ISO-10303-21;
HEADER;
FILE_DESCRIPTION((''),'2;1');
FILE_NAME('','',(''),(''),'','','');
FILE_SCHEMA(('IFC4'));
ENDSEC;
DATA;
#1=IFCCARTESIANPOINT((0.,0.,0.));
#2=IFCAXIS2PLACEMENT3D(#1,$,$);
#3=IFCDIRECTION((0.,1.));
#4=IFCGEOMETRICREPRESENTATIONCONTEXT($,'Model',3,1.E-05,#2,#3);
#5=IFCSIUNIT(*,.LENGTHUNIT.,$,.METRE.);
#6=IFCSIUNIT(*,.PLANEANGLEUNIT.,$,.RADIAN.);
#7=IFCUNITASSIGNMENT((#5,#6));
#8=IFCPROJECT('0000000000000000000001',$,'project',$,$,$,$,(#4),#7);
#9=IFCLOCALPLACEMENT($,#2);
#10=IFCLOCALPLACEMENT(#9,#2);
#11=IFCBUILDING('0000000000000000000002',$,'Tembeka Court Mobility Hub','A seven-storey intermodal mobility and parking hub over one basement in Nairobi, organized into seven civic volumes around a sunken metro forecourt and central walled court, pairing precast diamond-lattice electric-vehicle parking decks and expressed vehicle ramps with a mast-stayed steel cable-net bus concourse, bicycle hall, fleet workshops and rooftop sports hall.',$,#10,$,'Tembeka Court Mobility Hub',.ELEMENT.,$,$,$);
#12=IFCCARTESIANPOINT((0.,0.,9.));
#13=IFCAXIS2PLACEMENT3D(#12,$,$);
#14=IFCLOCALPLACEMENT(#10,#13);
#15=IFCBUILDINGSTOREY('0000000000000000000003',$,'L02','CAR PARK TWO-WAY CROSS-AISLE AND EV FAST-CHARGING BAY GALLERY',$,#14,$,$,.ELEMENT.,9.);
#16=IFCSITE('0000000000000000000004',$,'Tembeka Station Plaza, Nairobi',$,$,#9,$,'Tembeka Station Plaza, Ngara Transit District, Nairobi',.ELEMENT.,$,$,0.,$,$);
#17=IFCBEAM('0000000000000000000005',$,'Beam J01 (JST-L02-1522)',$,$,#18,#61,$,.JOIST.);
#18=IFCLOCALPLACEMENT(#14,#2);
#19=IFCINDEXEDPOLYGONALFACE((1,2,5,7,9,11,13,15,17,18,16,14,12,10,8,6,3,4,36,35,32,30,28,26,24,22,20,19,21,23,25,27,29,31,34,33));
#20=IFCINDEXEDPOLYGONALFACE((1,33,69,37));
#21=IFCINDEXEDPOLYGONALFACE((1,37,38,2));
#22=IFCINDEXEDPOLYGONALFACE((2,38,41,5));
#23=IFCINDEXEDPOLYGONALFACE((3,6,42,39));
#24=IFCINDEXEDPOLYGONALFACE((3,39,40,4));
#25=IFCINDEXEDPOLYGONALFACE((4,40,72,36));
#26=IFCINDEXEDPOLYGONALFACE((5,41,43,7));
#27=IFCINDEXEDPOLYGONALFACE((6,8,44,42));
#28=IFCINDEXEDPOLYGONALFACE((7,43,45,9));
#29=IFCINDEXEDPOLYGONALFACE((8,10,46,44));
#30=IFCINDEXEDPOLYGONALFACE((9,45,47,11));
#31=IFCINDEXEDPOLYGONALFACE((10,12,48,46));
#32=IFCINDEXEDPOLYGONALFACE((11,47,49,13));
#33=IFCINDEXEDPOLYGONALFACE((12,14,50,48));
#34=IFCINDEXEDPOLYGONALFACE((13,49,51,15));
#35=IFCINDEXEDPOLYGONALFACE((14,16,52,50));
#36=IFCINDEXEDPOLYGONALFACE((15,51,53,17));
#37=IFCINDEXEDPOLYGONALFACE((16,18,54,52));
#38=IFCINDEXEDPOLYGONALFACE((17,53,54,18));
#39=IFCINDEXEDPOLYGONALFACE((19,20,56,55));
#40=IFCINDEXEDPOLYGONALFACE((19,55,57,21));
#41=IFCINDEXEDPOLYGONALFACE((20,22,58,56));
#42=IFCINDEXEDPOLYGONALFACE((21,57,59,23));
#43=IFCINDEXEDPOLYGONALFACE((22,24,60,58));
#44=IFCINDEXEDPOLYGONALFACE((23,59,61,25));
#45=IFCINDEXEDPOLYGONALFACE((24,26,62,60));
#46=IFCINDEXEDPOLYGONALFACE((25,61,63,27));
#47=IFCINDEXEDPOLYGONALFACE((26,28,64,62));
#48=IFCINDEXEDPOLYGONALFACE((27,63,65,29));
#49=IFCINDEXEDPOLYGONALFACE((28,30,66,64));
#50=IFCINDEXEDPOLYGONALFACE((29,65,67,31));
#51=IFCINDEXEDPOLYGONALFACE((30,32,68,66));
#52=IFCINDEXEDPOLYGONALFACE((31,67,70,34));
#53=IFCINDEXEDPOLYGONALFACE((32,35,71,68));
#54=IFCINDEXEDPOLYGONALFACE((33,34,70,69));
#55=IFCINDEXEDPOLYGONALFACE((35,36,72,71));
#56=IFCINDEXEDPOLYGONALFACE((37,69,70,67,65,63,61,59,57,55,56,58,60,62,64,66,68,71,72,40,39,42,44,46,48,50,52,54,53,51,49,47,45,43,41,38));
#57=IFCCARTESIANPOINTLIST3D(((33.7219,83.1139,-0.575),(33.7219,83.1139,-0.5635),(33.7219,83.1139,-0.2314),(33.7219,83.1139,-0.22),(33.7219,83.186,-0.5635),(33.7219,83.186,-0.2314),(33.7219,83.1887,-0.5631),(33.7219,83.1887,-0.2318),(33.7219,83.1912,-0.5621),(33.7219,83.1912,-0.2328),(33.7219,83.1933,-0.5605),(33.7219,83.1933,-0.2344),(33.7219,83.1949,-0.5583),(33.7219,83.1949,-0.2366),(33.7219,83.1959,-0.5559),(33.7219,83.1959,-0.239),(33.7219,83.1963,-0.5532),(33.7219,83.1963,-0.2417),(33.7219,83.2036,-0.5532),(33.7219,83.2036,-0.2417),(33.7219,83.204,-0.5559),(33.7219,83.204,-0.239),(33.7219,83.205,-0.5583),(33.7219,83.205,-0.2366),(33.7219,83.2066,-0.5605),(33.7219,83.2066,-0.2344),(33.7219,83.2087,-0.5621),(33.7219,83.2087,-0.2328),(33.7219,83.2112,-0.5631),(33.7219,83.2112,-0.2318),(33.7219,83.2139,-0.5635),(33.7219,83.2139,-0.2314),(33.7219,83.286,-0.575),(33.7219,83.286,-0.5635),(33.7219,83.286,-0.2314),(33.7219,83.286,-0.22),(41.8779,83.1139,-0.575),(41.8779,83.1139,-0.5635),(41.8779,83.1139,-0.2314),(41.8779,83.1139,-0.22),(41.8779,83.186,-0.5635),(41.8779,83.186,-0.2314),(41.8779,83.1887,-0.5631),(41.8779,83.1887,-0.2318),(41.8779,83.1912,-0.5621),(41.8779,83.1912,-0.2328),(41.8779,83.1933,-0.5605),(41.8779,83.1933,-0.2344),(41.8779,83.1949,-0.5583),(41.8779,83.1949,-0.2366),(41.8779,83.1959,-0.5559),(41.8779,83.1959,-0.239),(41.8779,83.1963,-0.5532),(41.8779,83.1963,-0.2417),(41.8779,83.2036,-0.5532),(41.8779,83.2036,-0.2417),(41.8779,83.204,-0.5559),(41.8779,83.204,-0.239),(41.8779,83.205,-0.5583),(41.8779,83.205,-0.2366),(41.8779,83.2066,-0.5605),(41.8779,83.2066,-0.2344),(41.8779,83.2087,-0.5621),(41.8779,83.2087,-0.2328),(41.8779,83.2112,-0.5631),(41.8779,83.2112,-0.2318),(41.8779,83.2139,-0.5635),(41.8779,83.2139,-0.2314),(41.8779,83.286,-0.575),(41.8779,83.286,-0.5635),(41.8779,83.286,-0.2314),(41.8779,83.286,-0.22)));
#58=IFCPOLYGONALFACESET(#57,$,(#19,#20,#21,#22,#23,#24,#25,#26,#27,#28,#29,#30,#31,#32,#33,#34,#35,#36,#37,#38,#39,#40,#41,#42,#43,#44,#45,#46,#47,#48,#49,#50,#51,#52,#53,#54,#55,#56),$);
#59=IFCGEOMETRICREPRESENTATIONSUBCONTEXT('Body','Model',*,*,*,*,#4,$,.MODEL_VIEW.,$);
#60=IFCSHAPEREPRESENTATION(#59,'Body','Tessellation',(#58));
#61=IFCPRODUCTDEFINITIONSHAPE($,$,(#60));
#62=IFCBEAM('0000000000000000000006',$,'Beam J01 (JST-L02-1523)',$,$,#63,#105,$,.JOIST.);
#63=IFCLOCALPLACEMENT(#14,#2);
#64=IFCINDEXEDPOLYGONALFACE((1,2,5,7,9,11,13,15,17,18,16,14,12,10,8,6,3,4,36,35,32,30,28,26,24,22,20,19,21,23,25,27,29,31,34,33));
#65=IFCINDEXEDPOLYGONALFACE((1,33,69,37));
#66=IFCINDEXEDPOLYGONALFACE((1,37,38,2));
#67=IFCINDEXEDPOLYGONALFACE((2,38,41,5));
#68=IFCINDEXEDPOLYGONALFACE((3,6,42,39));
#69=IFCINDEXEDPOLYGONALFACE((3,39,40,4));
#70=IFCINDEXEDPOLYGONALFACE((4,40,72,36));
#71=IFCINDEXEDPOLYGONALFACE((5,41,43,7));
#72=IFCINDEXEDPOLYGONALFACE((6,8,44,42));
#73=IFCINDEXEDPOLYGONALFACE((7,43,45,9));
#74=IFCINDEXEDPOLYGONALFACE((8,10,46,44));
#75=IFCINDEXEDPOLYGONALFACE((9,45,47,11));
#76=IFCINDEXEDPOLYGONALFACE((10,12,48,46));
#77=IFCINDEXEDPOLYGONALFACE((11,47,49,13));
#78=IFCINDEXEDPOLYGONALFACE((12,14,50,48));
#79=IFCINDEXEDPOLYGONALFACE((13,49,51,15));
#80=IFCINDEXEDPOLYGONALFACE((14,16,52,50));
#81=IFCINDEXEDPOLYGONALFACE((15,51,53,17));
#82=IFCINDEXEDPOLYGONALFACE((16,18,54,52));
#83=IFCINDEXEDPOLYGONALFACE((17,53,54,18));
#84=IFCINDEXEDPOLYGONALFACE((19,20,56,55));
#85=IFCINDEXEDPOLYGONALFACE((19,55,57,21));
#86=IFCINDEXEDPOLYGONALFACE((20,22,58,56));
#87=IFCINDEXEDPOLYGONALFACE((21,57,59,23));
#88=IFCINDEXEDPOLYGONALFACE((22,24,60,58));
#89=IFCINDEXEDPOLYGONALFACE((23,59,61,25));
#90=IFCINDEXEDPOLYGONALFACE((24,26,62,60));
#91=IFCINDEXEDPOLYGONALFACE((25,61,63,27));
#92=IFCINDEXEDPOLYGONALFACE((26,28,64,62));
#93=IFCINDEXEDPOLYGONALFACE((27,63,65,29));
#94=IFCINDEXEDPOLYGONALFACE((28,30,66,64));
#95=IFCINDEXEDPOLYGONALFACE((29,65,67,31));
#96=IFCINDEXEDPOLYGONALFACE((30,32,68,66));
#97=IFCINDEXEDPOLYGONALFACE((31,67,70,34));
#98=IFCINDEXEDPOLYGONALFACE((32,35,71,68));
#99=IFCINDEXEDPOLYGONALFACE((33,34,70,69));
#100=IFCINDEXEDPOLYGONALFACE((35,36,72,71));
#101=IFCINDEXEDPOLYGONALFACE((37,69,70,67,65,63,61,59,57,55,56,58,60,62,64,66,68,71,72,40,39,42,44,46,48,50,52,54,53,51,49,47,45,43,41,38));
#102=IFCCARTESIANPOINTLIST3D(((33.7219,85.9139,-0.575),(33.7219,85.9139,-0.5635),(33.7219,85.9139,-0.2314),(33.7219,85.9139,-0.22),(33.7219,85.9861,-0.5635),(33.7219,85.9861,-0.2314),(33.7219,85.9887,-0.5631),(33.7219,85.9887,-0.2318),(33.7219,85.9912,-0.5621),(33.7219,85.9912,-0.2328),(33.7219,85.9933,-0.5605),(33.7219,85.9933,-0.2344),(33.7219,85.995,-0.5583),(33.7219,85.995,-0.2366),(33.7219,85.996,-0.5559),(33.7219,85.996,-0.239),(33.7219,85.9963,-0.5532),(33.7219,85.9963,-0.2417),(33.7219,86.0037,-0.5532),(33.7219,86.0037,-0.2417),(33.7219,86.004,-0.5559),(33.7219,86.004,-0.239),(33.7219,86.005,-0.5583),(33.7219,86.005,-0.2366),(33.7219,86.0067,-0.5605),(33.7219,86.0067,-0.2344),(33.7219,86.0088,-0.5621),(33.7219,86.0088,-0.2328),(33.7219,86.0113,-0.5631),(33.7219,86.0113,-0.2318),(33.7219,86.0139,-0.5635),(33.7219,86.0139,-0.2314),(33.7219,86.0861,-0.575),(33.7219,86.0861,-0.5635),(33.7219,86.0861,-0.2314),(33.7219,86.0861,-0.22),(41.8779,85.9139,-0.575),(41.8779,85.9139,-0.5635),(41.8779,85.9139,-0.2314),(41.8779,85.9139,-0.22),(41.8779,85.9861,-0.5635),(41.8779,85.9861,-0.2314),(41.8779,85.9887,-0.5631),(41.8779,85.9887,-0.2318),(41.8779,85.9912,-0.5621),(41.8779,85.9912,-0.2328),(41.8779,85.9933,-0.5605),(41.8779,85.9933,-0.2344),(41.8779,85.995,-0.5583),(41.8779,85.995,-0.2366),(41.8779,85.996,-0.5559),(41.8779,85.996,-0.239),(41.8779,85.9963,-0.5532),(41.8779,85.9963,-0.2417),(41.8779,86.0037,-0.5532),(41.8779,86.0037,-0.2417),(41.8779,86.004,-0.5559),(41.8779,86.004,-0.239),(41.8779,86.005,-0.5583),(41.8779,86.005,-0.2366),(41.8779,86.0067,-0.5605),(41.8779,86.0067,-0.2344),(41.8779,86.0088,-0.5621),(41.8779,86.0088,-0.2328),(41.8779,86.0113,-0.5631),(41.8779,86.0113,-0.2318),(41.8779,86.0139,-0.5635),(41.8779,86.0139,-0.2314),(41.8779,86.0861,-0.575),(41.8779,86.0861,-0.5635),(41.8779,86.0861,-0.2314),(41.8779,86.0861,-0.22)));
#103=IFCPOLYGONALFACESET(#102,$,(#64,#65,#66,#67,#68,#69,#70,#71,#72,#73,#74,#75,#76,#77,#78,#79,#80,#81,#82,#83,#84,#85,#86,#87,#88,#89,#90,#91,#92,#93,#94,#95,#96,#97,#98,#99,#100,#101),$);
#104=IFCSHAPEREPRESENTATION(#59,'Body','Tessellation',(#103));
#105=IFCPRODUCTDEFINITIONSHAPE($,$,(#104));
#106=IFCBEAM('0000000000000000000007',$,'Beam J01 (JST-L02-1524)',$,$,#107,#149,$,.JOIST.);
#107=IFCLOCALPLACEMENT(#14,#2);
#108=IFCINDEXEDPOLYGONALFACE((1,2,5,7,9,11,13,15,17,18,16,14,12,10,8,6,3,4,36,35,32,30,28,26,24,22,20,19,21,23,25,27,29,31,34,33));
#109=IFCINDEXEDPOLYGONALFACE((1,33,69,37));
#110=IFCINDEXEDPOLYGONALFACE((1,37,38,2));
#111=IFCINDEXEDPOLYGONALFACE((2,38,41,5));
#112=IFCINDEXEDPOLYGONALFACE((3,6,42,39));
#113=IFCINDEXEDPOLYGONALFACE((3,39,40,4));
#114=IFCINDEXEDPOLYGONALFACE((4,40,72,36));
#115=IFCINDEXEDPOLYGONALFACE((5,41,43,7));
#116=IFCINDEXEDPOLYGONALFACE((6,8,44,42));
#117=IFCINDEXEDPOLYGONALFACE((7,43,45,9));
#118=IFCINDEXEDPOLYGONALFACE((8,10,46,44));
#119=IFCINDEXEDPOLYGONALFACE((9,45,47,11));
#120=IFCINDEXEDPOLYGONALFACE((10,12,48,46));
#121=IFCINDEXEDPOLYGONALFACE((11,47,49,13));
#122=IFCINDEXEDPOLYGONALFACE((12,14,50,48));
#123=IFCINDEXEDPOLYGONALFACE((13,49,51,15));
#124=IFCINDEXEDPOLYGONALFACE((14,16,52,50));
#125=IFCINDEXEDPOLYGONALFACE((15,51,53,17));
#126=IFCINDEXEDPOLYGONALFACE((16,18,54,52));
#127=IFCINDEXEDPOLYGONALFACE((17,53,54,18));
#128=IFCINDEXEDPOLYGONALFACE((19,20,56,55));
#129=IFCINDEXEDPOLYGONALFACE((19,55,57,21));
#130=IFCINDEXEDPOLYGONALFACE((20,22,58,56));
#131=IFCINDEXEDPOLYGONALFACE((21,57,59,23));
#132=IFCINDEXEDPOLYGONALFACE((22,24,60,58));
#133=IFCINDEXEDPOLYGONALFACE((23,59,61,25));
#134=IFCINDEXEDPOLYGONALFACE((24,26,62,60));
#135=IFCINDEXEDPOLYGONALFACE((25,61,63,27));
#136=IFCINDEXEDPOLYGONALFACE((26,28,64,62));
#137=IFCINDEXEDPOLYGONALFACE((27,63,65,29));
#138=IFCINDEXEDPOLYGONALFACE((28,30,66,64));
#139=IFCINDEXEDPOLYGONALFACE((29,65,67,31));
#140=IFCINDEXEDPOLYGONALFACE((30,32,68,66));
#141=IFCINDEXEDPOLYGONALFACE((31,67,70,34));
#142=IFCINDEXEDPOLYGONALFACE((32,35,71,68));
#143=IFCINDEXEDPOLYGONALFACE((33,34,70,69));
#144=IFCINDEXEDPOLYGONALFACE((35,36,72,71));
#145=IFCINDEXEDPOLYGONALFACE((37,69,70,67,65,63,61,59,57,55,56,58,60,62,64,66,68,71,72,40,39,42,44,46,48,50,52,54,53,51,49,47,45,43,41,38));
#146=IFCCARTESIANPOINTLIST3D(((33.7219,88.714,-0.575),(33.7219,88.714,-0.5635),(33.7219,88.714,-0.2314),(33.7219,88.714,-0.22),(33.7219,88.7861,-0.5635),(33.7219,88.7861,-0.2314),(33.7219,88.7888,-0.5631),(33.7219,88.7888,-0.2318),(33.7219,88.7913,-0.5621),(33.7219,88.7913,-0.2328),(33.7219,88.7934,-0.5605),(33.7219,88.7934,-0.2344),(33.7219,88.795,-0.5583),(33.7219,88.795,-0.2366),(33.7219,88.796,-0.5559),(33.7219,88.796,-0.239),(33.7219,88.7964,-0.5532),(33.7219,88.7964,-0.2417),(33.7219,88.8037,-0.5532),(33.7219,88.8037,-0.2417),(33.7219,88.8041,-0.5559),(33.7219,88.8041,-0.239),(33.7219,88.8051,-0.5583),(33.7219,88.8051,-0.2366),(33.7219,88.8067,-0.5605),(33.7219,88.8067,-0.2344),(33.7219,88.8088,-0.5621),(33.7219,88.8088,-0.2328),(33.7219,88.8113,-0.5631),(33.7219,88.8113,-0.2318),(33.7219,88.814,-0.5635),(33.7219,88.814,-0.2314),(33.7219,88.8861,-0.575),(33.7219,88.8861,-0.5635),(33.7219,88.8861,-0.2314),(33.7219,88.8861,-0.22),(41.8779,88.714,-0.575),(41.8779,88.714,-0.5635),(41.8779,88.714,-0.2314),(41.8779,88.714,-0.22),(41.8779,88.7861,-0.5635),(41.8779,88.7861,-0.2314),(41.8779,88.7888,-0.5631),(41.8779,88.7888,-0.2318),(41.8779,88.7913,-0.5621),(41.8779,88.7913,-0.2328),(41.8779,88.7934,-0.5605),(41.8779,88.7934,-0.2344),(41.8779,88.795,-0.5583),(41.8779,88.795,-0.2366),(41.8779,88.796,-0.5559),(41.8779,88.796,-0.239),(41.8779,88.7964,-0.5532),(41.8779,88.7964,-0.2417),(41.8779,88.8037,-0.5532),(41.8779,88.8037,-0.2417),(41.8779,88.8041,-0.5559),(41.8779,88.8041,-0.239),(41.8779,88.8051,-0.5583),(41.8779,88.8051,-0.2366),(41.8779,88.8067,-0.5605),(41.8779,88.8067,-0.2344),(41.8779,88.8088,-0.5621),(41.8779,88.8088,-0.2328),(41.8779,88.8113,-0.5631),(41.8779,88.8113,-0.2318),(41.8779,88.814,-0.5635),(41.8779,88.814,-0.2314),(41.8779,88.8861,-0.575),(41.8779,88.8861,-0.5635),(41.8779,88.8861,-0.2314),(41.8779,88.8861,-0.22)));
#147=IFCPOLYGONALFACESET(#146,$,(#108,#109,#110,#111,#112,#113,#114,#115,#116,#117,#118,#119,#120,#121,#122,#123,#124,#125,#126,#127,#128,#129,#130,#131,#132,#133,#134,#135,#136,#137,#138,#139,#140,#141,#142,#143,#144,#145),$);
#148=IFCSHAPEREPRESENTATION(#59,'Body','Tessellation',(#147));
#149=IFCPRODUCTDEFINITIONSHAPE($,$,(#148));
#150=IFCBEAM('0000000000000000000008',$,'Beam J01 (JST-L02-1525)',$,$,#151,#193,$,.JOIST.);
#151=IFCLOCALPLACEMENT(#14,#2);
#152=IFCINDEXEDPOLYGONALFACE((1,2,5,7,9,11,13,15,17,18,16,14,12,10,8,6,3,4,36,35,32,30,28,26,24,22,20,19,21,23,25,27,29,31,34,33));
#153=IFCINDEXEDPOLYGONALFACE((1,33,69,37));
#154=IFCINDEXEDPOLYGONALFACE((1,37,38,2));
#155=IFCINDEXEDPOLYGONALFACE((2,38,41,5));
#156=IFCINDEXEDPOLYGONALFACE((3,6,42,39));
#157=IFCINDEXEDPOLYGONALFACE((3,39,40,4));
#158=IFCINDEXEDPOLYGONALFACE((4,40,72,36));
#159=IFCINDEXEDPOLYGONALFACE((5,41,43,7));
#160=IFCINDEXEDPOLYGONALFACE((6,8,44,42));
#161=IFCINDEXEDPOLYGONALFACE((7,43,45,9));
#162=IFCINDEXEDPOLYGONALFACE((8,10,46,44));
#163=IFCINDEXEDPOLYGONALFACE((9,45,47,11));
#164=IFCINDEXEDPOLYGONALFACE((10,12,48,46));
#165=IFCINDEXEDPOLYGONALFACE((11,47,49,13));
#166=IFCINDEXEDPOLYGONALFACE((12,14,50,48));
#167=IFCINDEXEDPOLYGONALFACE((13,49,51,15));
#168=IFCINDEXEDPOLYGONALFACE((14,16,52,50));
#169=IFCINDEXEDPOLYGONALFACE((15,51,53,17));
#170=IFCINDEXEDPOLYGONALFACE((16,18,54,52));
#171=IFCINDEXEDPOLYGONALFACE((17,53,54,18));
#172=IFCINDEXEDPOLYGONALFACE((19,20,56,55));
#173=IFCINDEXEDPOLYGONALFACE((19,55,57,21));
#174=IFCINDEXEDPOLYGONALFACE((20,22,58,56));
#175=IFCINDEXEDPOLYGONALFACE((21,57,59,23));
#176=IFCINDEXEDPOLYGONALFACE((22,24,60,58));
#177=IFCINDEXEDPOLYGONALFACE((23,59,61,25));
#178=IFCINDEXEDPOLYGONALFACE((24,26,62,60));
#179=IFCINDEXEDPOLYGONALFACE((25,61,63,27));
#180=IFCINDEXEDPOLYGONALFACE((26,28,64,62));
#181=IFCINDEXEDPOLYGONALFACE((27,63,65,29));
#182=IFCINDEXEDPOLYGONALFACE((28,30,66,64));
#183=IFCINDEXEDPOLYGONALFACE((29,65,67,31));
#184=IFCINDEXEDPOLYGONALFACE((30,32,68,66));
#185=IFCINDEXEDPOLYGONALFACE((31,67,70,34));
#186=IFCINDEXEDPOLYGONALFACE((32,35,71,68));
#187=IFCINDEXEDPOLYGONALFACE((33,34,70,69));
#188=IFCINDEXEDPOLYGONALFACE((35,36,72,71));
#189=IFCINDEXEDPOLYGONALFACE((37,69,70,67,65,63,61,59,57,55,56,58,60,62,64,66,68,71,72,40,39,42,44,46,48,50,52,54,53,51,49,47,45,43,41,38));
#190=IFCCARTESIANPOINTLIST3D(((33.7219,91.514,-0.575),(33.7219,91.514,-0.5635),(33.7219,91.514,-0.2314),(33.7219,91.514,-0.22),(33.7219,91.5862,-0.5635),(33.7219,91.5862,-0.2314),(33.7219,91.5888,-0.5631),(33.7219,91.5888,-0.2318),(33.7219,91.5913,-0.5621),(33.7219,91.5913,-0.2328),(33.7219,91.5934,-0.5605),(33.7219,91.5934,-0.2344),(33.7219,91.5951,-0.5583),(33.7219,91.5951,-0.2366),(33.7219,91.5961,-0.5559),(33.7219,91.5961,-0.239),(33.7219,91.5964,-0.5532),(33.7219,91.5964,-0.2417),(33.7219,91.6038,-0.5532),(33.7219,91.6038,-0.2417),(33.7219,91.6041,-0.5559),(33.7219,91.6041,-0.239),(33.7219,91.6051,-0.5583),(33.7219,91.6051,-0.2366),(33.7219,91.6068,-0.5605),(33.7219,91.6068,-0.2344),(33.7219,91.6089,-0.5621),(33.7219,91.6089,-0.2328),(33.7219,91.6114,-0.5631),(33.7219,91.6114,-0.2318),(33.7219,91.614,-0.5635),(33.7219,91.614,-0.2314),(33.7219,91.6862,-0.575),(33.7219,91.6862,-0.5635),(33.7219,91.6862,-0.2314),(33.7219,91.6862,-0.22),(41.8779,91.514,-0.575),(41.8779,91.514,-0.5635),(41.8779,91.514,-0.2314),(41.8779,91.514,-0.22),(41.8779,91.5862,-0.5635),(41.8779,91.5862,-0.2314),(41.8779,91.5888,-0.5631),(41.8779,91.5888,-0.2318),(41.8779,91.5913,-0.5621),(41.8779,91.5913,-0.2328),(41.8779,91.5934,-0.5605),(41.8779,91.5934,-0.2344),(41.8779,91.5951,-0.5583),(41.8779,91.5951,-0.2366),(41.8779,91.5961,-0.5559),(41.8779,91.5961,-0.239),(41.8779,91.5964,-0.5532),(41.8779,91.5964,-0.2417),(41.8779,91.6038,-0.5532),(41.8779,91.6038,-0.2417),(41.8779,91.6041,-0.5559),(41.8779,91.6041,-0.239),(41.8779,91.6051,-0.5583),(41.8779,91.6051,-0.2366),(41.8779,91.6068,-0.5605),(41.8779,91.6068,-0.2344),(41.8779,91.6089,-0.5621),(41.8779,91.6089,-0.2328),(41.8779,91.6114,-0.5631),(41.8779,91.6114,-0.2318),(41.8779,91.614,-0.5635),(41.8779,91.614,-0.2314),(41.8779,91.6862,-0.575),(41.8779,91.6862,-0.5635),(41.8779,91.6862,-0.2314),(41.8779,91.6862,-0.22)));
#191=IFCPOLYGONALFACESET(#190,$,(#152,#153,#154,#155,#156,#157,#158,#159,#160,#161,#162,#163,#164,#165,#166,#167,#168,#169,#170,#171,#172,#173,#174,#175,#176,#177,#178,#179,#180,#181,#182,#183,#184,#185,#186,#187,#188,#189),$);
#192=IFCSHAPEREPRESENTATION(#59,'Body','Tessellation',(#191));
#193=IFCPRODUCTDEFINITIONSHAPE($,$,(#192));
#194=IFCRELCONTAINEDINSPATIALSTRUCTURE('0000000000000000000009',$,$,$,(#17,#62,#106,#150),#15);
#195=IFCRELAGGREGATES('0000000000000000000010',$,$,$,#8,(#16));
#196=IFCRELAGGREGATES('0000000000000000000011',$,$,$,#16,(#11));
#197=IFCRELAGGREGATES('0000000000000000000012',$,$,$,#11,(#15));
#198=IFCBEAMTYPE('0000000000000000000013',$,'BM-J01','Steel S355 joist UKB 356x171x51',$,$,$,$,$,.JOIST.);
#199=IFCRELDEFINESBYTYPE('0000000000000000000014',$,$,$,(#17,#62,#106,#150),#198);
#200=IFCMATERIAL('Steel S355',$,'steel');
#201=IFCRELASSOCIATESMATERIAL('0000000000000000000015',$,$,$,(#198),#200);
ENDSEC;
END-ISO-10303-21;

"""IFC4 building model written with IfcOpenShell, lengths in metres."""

from ifc_helpers import new_model, si_unit, direction, frame, origin, origin_2d, place, context, subcontext, project, spatial, i_section, extrude, material, material_profile, profile_set, type_object, element, save


model = new_model("IFC4")

# Units and contexts
model_context = context("Model", 3, precision=1e-05, world=origin(), true_north=direction((0.0, 1.0)))
body_context = subcontext(model_context, "Body", "Model", "MODEL_VIEW")
ifc_project = project(units=[si_unit("LENGTHUNIT", "METRE"), si_unit("PLANEANGLEUNIT", "RADIAN")], contexts=[model_context])

# Site, building, storey
site_placement = place(None, origin())
site = spatial("IfcSite", under=ifc_project, at=site_placement, Name="Tembeka Station Plaza, Nairobi", LongName="Tembeka Station Plaza, Ngara Transit District, Nairobi", CompositionType="ELEMENT", RefElevation=0.0)
building_placement = place(site_placement, origin())
building = spatial("IfcBuilding", under=site, at=building_placement, Name="Tembeka Court Mobility Hub", Description="A seven-storey intermodal mobility and parking hub over one basement in Nairobi, organized into seven civic volumes around a sunken metro forecourt and central walled court, pairing precast diamond-lattice electric-vehicle parking decks and expressed vehicle ramps with a mast-stayed steel cable-net bus concourse, bicycle hall, fleet workshops and rooftop sports hall.", LongName="Tembeka Court Mobility Hub", CompositionType="ELEMENT")
storey_placement = place(building_placement, frame((0.0, 0.0, 9.0)))
storey = spatial("IfcBuildingStorey", under=building, at=storey_placement, Name="L02", Description="CAR PARK TWO-WAY CROSS-AISLE AND EV FAST-CHARGING BAY GALLERY", CompositionType="ELEMENT", Elevation=9.0)

# Shared definitions
ifc_material_1 = material(Name="Steel S355", Category="steel")

# Beams
ifc_material_profile_1 = material_profile(ifc_material_1, i_section(OverallWidth=0.1721, OverallDepth=0.355, WebThickness=0.0073, FlangeThickness=0.0115, FilletRadius=0.0103, at=origin_2d()), Name="UKB 356x171x51")
ifc_profile_set_1 = profile_set([ifc_material_profile_1], Name="Steel S355")
beam_type_1 = type_object("IfcBeamType", Name="BM-J01", Description="Steel S355 joist UKB 356x171x51", PredefinedType="JOIST", material=ifc_profile_set_1)
for number, where, z_axis, x_axis, name in (
    (1, (33.7219, 83.2, -0.3975), (1.0, 0.0, 0.0), (0.0, 1.0, 0.0), "Beam J01 (JST-L02-1522)"),
    (2, (33.7219, 86.0, -0.3975), (1.0, 0.0, 0.0), (0.0, 1.0, 0.0), "Beam J01 (JST-L02-1523)"),
    (3, (33.7219, 88.8, -0.3975), (1.0, 0.0, 0.0), (0.0, 1.0, 0.0), "Beam J01 (JST-L02-1524)"),
    (4, (33.7219, 91.6001, -0.3975), (1.0, 0.0, 0.0), (0.0, 1.0, 0.0), "Beam J01 (JST-L02-1525)"),
):
    element("IfcBeam", number, at=place(storey_placement, frame(where, z_axis=z_axis, x_axis=x_axis)), inside=storey, type_object=beam_type_1, Name=name, PredefinedType="JOIST", context=body_context, shape_type="SweptSolid", body=[
        extrude(i_section(OverallWidth=0.1721, OverallDepth=0.355, WebThickness=0.0073, FlangeThickness=0.0115, FilletRadius=0.0103, at=origin_2d()), origin(), (0.0, 0.0, 1.0), 8.156),
    ])

save(model, "model.ifc")
